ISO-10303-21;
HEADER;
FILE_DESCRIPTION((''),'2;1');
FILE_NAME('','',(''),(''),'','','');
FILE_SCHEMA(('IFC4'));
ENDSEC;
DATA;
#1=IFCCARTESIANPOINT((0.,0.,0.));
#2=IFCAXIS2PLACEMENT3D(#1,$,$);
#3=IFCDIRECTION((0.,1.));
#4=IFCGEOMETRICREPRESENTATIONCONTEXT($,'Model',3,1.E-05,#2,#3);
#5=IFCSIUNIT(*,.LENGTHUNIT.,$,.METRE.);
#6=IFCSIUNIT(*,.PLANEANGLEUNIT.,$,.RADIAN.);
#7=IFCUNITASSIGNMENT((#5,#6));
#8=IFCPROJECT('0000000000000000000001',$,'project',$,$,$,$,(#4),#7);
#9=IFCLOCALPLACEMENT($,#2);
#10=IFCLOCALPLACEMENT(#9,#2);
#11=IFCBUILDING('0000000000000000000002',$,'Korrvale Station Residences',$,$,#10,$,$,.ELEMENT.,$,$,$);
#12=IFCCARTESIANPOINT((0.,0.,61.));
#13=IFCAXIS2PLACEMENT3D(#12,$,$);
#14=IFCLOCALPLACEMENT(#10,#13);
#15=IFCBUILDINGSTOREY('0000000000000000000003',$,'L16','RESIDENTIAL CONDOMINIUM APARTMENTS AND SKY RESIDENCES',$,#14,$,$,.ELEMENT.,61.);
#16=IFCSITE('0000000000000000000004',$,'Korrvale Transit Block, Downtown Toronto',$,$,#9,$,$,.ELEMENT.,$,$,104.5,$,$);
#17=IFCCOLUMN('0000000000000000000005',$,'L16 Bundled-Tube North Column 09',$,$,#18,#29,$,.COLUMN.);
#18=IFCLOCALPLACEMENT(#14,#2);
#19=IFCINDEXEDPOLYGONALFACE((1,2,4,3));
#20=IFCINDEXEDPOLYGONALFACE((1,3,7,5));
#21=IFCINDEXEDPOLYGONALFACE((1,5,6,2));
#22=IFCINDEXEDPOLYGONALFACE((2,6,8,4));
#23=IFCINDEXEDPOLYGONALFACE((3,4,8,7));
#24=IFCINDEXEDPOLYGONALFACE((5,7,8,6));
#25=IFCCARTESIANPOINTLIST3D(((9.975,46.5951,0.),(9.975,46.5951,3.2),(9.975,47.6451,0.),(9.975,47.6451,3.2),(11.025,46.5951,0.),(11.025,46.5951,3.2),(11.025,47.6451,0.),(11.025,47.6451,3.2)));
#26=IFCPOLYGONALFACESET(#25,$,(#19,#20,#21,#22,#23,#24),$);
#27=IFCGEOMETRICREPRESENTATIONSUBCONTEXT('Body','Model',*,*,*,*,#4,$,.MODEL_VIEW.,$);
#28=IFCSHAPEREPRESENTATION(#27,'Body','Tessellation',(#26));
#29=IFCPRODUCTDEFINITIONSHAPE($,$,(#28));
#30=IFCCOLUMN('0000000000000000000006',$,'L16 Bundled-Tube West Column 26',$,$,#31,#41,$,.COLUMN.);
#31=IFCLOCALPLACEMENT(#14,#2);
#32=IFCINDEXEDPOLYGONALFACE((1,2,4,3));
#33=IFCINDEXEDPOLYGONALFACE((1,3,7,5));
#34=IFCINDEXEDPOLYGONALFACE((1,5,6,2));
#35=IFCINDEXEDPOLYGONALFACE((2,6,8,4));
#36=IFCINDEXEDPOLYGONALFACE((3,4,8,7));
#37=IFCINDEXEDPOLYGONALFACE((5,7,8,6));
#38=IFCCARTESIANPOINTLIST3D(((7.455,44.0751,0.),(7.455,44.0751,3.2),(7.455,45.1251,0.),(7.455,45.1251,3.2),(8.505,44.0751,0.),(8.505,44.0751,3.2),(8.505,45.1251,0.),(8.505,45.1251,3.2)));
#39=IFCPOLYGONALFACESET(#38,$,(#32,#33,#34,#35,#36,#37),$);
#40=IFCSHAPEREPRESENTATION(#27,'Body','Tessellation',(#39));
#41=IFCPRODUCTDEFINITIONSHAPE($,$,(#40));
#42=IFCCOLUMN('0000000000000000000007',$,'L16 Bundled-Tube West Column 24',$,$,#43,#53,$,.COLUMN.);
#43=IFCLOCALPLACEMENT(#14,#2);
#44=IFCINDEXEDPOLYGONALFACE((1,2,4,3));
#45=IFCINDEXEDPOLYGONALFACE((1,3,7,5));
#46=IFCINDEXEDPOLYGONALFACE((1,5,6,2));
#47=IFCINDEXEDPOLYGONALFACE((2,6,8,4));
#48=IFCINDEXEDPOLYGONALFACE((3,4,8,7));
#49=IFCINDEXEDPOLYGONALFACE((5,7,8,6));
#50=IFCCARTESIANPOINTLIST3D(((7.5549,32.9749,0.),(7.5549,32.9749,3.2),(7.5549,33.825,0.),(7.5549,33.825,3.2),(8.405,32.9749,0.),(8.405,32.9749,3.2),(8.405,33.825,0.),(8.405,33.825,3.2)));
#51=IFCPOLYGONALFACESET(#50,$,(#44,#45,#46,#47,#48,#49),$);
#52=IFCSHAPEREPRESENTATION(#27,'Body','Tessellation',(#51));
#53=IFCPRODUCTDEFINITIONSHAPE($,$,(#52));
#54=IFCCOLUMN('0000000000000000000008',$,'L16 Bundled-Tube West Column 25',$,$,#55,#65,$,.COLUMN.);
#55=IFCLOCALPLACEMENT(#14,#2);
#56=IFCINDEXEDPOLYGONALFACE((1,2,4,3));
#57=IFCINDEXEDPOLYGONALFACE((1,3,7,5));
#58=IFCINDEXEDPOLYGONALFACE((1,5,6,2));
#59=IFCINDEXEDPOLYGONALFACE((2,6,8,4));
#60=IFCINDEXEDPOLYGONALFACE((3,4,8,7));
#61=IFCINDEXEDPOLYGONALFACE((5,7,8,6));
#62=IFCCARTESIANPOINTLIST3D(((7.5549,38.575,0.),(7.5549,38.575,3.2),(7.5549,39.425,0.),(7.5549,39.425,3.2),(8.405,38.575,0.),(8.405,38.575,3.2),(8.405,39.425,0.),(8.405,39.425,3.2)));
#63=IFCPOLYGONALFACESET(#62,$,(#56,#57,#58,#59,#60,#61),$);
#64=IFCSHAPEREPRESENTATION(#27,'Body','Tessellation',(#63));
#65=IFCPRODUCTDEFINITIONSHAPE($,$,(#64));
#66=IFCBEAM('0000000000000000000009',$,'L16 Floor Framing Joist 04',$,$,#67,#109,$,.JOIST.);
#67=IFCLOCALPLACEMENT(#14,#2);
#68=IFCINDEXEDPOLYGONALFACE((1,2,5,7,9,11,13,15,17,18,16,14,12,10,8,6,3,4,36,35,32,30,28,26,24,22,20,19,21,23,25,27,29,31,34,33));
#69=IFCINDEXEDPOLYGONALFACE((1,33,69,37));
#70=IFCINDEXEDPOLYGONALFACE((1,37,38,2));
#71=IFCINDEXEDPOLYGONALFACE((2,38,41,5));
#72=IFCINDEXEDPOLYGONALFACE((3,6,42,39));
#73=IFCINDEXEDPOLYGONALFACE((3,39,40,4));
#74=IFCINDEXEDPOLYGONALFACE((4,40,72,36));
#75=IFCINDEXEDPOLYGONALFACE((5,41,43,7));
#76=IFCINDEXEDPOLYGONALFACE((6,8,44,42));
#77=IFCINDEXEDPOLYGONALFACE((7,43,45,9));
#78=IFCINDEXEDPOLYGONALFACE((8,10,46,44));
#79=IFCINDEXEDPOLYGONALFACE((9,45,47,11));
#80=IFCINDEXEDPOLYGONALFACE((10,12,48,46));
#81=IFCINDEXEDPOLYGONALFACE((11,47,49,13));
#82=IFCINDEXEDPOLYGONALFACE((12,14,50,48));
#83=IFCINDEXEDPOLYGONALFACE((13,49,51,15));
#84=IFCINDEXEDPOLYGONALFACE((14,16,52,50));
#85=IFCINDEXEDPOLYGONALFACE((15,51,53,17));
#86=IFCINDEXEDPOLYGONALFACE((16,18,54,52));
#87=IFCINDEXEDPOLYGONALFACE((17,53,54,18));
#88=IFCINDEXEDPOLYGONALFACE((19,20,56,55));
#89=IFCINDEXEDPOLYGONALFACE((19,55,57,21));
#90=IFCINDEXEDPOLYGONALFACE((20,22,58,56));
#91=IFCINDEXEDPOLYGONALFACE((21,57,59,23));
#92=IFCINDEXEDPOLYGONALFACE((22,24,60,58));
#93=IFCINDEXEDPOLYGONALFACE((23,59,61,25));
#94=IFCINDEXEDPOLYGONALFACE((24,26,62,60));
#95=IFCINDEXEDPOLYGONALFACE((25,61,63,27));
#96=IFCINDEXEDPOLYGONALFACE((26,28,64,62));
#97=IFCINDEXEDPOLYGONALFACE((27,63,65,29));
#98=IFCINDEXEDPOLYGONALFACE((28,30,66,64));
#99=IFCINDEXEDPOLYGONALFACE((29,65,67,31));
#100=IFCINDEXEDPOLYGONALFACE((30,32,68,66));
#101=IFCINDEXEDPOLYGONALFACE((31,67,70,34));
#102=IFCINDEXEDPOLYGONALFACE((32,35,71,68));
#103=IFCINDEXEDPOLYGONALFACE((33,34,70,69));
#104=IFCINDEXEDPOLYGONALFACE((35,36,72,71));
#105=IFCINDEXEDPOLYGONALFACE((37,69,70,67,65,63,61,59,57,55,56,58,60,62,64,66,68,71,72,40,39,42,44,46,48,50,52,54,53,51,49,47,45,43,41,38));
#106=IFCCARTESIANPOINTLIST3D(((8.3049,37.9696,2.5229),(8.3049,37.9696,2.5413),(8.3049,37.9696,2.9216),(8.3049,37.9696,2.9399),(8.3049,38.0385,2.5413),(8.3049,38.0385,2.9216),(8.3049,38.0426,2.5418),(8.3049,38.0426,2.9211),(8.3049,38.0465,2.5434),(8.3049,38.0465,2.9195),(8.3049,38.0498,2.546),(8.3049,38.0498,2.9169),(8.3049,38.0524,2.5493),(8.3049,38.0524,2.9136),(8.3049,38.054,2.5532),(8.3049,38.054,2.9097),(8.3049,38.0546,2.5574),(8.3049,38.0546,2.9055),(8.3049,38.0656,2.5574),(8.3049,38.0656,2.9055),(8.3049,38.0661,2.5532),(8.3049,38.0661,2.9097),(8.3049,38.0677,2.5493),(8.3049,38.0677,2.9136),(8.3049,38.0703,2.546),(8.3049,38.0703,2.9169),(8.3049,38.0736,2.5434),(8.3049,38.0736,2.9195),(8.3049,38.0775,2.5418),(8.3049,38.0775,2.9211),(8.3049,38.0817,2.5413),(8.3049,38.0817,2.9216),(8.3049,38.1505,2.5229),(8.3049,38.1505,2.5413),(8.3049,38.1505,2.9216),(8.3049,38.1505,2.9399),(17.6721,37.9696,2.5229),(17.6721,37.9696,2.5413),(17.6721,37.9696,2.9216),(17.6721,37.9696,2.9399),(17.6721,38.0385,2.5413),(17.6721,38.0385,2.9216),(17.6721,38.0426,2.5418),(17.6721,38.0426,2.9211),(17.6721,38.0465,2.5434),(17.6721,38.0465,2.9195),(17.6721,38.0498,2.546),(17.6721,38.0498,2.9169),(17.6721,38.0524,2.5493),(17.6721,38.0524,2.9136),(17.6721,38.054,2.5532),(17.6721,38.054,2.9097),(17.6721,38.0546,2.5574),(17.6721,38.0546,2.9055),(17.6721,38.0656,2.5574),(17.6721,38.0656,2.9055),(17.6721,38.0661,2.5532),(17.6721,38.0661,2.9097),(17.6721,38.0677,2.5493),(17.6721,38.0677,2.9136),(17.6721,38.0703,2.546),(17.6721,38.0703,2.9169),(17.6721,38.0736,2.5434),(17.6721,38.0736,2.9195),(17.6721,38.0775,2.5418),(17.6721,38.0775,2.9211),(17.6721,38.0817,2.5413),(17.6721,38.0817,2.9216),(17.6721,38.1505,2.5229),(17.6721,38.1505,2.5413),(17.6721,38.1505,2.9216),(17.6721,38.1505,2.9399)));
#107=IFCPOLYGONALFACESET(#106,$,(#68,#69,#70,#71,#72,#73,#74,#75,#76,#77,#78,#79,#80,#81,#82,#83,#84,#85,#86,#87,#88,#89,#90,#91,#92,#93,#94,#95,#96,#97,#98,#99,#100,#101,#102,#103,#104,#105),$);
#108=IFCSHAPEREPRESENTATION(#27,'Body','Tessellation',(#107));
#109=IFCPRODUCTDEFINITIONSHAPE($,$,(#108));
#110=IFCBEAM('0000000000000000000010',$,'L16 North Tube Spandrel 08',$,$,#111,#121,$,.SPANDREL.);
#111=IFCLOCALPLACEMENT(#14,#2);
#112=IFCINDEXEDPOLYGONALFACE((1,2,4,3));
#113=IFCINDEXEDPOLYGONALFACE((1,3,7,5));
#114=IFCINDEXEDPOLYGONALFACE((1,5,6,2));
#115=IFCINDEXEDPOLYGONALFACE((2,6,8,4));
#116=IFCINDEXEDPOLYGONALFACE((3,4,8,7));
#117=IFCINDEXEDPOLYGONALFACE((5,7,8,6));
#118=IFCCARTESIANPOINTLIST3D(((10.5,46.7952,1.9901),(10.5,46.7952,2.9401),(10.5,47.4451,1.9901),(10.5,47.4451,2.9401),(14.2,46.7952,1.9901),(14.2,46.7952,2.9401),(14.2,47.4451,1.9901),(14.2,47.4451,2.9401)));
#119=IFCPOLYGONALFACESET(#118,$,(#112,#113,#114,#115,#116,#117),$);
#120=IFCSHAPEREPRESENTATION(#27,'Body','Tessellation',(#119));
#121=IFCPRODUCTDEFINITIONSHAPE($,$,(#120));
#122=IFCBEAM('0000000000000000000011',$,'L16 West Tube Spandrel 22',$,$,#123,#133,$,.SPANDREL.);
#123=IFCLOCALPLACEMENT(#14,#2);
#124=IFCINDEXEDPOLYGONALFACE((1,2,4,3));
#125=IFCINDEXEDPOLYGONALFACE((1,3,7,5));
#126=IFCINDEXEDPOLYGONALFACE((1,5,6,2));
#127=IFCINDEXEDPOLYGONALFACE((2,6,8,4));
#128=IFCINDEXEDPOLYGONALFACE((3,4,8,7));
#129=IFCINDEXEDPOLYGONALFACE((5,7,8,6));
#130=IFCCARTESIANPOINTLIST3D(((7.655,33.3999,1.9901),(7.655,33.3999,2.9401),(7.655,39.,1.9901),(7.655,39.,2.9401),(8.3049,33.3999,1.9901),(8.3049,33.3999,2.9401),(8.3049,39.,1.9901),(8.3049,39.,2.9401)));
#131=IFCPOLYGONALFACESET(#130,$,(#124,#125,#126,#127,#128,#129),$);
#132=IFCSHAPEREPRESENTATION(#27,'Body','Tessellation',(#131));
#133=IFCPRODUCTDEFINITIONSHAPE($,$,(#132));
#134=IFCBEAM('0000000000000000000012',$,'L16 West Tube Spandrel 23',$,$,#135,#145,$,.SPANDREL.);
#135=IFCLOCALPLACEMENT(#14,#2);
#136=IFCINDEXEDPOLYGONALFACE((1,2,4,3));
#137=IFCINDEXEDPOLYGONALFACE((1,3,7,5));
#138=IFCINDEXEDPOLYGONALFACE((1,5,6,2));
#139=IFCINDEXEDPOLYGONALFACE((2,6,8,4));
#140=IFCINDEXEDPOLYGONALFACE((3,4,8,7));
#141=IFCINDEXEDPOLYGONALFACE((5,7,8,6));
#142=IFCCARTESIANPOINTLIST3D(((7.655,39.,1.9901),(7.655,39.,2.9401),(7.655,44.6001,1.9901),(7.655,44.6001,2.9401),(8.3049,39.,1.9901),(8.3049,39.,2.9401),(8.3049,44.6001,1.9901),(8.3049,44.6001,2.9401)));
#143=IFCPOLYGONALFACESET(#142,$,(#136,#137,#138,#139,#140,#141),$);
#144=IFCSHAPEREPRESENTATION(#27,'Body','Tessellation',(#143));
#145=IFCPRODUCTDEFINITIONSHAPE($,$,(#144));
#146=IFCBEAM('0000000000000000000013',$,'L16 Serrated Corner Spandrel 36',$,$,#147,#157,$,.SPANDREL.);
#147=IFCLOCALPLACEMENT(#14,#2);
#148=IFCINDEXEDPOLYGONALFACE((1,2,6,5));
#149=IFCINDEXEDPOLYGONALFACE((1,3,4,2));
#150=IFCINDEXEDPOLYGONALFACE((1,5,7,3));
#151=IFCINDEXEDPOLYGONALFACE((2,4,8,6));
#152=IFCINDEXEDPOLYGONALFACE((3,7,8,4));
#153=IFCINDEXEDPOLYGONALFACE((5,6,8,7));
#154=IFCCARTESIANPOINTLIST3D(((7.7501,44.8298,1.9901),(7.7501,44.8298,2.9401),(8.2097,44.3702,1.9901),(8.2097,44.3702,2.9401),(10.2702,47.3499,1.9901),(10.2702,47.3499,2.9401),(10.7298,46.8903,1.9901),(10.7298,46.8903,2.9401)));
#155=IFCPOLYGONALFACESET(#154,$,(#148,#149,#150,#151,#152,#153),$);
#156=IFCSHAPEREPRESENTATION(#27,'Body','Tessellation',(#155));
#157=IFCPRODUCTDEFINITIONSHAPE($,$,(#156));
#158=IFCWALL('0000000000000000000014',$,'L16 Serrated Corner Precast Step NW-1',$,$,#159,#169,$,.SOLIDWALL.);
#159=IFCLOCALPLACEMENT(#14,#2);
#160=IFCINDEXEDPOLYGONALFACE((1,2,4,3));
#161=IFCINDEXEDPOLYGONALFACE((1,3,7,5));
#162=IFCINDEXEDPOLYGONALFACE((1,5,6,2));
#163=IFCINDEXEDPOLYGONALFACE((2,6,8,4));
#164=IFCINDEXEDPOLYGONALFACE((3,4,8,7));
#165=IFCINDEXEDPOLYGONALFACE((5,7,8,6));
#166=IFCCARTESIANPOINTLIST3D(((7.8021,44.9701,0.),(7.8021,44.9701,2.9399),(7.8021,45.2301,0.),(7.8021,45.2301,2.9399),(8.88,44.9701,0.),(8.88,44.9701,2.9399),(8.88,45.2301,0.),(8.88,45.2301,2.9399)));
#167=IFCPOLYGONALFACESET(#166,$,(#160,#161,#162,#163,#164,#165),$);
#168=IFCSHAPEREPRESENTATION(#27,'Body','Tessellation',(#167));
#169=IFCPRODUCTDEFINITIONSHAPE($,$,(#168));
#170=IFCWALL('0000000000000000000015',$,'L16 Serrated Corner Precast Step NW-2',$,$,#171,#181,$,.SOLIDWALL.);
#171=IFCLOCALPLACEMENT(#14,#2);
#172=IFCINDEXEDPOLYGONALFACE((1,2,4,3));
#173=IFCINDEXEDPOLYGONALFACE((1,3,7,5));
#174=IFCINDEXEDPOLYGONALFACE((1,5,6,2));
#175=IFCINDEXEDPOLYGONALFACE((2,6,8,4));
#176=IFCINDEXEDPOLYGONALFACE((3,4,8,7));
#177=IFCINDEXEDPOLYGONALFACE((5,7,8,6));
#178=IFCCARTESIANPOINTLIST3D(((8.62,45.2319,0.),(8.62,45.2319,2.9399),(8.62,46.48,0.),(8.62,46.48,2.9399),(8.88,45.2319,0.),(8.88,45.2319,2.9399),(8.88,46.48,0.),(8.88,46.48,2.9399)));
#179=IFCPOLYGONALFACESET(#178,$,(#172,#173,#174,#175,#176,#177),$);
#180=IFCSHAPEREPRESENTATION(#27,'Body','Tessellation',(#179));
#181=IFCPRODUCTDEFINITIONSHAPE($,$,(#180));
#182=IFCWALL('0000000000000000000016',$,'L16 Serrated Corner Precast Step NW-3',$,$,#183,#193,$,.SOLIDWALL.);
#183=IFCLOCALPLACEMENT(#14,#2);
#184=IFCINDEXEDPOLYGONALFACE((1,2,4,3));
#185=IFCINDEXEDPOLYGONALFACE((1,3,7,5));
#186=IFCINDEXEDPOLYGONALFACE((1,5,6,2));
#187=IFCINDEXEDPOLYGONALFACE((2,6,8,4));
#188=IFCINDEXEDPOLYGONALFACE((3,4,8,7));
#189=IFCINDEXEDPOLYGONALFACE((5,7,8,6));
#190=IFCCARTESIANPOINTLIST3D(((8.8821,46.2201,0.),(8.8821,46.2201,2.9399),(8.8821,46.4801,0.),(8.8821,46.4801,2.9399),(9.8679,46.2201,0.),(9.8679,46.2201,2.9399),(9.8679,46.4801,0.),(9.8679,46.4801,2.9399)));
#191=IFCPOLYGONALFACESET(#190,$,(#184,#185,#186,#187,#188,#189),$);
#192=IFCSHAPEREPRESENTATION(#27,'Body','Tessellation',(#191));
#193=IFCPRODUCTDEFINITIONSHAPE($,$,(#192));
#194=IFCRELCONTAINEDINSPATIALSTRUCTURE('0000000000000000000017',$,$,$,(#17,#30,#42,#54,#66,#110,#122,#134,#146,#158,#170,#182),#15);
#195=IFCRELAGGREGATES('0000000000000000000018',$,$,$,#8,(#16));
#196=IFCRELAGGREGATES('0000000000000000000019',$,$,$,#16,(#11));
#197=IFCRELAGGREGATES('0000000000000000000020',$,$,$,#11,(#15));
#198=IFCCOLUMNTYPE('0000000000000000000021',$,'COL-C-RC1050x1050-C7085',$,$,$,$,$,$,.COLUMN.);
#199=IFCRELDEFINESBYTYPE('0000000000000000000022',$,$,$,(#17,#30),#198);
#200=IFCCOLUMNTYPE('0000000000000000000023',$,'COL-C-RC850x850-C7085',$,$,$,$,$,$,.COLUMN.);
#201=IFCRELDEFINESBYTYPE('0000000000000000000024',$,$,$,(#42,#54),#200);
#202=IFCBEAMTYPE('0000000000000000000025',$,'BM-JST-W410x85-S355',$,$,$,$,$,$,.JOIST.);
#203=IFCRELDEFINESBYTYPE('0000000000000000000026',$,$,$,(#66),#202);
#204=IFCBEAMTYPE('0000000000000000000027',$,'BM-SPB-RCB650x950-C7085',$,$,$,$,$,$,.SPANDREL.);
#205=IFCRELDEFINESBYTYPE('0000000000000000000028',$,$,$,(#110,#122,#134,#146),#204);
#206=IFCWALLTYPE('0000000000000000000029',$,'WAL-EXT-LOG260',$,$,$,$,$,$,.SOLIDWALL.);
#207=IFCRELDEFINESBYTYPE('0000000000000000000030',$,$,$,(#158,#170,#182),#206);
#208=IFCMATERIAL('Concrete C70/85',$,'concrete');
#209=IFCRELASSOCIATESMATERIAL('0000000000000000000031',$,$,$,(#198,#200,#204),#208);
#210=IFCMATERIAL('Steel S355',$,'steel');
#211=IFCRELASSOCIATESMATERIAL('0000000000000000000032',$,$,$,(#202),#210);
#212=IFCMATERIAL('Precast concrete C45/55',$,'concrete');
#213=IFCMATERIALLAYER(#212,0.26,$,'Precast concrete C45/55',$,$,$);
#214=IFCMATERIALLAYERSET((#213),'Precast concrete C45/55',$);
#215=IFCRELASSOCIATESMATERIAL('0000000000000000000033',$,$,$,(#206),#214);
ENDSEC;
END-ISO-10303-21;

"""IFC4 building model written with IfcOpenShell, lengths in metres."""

from ifc_helpers import new_model, si_unit, direction, frame, frame_2d, origin, origin_2d, place, context, subcontext, project, spatial, rectangle, i_section, extrude, material, layer, layer_set, material_profile, profile_set, type_object, element, save


model = new_model("IFC4")

# Units and contexts
model_context = context("Model", 3, precision=1e-05, world=origin(), true_north=direction((0.0, 1.0)))
body_context = subcontext(model_context, "Body", "Model", "MODEL_VIEW")
ifc_project = project(units=[si_unit("LENGTHUNIT", "METRE"), si_unit("PLANEANGLEUNIT", "RADIAN")], contexts=[model_context])

# Site, building, storey
site_placement = place(None, origin())
site = spatial("IfcSite", under=ifc_project, at=site_placement, Name="Korrvale Transit Block, Downtown Toronto", CompositionType="ELEMENT", RefElevation=104.5)
building_placement = place(site_placement, origin())
building = spatial("IfcBuilding", under=site, at=building_placement, Name="Korrvale Station Residences", CompositionType="ELEMENT")
storey_placement = place(building_placement, frame((0.0, 0.0, 61.0)))
storey = spatial("IfcBuildingStorey", under=building, at=storey_placement, Name="L16", Description="RESIDENTIAL CONDOMINIUM APARTMENTS AND SKY RESIDENCES", CompositionType="ELEMENT", Elevation=61.0)

# Columns
ifc_material_1 = material(Name="Concrete C70/85", Category="concrete")
ifc_material_profile_1 = material_profile(ifc_material_1, rectangle(XDim=1.05, YDim=1.05, at=origin_2d()), Name="RC1050x1050")
ifc_profile_set_1 = profile_set([ifc_material_profile_1], Name="Concrete C70/85")
column_type_1 = type_object("IfcColumnType", Name="COL-C-RC1050x1050-C7085", PredefinedType="COLUMN", material=ifc_profile_set_1)
for number, where, z_axis, x_axis, name in (
    (1, (10.5, 47.1201, 0.0), (0.0, 0.0, 1.0), (1.0, 0.0, 0.0), "L16 Bundled-Tube North Column 09"),
    (2, (7.98, 44.6001, 0.0), (0.0, 0.0, 1.0), (1.0, 0.0, 0.0), "L16 Bundled-Tube West Column 26"),
):
    element("IfcColumn", number, at=place(storey_placement, frame(where, z_axis=z_axis, x_axis=x_axis)), inside=storey, type_object=column_type_1, Name=name, PredefinedType="COLUMN", context=body_context, shape_type="SweptSolid", body=[
        extrude(rectangle(XDim=1.05, YDim=1.05, at=origin_2d()), origin(), (0.0, 0.0, 1.0), 3.2),
    ])
ifc_material_profile_2 = material_profile(ifc_material_1, rectangle(XDim=0.8501, YDim=0.8501, at=origin_2d()), Name="RC850x850")
ifc_profile_set_2 = profile_set([ifc_material_profile_2], Name="Concrete C70/85")
column_type_2 = type_object("IfcColumnType", Name="COL-C-RC850x850-C7085", PredefinedType="COLUMN", material=ifc_profile_set_2)
for number, where, z_axis, x_axis, name in (
    (3, (7.98, 33.3999, 0.0), (0.0, 0.0, 1.0), (1.0, 0.0, 0.0), "L16 Bundled-Tube West Column 24"),
    (4, (7.98, 39.0, 0.0), (0.0, 0.0, 1.0), (1.0, 0.0, 0.0), "L16 Bundled-Tube West Column 25"),
):
    element("IfcColumn", number, at=place(storey_placement, frame(where, z_axis=z_axis, x_axis=x_axis)), inside=storey, type_object=column_type_2, Name=name, PredefinedType="COLUMN", context=body_context, shape_type="SweptSolid", body=[
        extrude(rectangle(XDim=0.8501, YDim=0.8501, at=origin_2d()), origin(), (0.0, 0.0, 1.0), 3.2),
    ])

# Beams
ifc_material_2 = material(Name="Steel S355", Category="steel")
ifc_material_profile_3 = material_profile(ifc_material_2, i_section(OverallWidth=0.1809, OverallDepth=0.417, WebThickness=0.011, FlangeThickness=0.0183, FilletRadius=0.0161, at=origin_2d()), Name="W410x85")
ifc_profile_set_3 = profile_set([ifc_material_profile_3], Name="Steel S355")
beam_type_1 = type_object("IfcBeamType", Name="BM-JST-W410x85-S355", PredefinedType="JOIST", material=ifc_profile_set_3)
beam_1_placement = place(storey_placement, frame((8.3049, 38.0601, 2.7314), z_axis=(1.0, 0.0, 0.0), x_axis=(0.0, 1.0, 0.0)))
element("IfcBeam", 5, at=beam_1_placement, inside=storey, type_object=beam_type_1, Name="L16 Floor Framing Joist 04", PredefinedType="JOIST", context=body_context, shape_type="SweptSolid", body=[
    extrude(i_section(OverallWidth=0.1809, OverallDepth=0.417, WebThickness=0.011, FlangeThickness=0.0183, FilletRadius=0.0161, at=origin_2d()), origin(), (0.0, 0.0, 1.0), 9.3672),
])
ifc_material_profile_4 = material_profile(ifc_material_1, rectangle(XDim=0.6499, YDim=0.95, at=origin_2d()), Name="RCB650x950")
ifc_profile_set_4 = profile_set([ifc_material_profile_4], Name="Concrete C70/85")
beam_type_2 = type_object("IfcBeamType", Name="BM-SPB-RCB650x950-C7085", PredefinedType="SPANDREL", material=ifc_profile_set_4)
beam_2_placement = place(storey_placement, frame((10.5, 47.1201, 2.4651), z_axis=(1.0, 0.0, 0.0), x_axis=(0.0, 1.0, 0.0)))
element("IfcBeam", 6, at=beam_2_placement, inside=storey, type_object=beam_type_2, Name="L16 North Tube Spandrel 08", PredefinedType="SPANDREL", context=body_context, shape_type="SweptSolid", body=[
    extrude(rectangle(XDim=0.6499, YDim=0.95, at=origin_2d()), origin(), (0.0, 0.0, 1.0), 3.7),
])
for number, where, z_axis, x_axis, name in (
    (7, (7.98, 33.3999, 2.4651), (0.0, 1.0, 0.0), (-1.0, 0.0, 0.0), "L16 West Tube Spandrel 22"),
    (8, (7.98, 39.0, 2.4651), (0.0, 1.0, 0.0), (-1.0, 0.0, 0.0), "L16 West Tube Spandrel 23"),
):
    element("IfcBeam", number, at=place(storey_placement, frame(where, z_axis=z_axis, x_axis=x_axis)), inside=storey, type_object=beam_type_2, Name=name, PredefinedType="SPANDREL", context=body_context, shape_type="SweptSolid", body=[
        extrude(rectangle(XDim=0.6499, YDim=0.95, at=origin_2d()), origin(), (0.0, 0.0, 1.0), 5.6001),
    ])
beam_3_placement = place(storey_placement, frame((10.5, 47.1201, 2.4651), z_axis=(-0.707107, -0.707107, 0.0), x_axis=(0.707107, -0.707107, 0.0)))
element("IfcBeam", 9, at=beam_3_placement, inside=storey, type_object=beam_type_2, Name="L16 Serrated Corner Spandrel 36", PredefinedType="SPANDREL", context=body_context, shape_type="SweptSolid", body=[
    extrude(rectangle(XDim=0.6499, YDim=0.95, at=origin_2d()), origin(), (0.0, 0.0, 1.0), 3.564),
])

# Walls
ifc_material_3 = material(Name="Precast concrete C45/55", Category="concrete")
ifc_layer_1 = layer(ifc_material_3, 0.26, Name="Precast concrete C45/55")
ifc_layer_set_1 = layer_set([ifc_layer_1], Name="Precast concrete C45/55")
wall_type_1 = type_object("IfcWallType", Name="WAL-EXT-LOG260", PredefinedType="SOLIDWALL", material=ifc_layer_set_1)
wall_1_placement = place(storey_placement, frame((7.802, 45.1001, 0.0), z_axis=(0.0, 0.0, 1.0), x_axis=(1.0, 0.0, 0.0)))
element("IfcWall", 10, at=wall_1_placement, inside=storey, type_object=wall_type_1, Name="L16 Serrated Corner Precast Step NW-1", PredefinedType="SOLIDWALL", context=body_context, shape_type="SweptSolid", body=[
    extrude(rectangle(XDim=1.0779, YDim=0.26, at=frame_2d((0.5391, 0.0))), origin(), (0.0, 0.0, 1.0), 2.9399),
])
wall_2_placement = place(storey_placement, frame((8.75, 45.2319, 0.0), z_axis=(0.0, 0.0, 1.0), x_axis=(0.0, 1.0, 0.0)))
element("IfcWall", 11, at=wall_2_placement, inside=storey, type_object=wall_type_1, Name="L16 Serrated Corner Precast Step NW-2", PredefinedType="SOLIDWALL", context=body_context, shape_type="SweptSolid", body=[
    extrude(rectangle(XDim=1.248, YDim=0.26, at=frame_2d((0.624, 0.0))), origin(), (0.0, 0.0, 1.0), 2.9399),
])
wall_3_placement = place(storey_placement, frame((8.8821, 46.3501, 0.0), z_axis=(0.0, 0.0, 1.0), x_axis=(1.0, 0.0, 0.0)))
element("IfcWall", 12, at=wall_3_placement, inside=storey, type_object=wall_type_1, Name="L16 Serrated Corner Precast Step NW-3", PredefinedType="SOLIDWALL", context=body_context, shape_type="SweptSolid", body=[
    extrude(rectangle(XDim=0.9858, YDim=0.26, at=frame_2d((0.4929, 0.0))), origin(), (0.0, 0.0, 1.0), 2.9399),
])

save(model, "model.ifc")
